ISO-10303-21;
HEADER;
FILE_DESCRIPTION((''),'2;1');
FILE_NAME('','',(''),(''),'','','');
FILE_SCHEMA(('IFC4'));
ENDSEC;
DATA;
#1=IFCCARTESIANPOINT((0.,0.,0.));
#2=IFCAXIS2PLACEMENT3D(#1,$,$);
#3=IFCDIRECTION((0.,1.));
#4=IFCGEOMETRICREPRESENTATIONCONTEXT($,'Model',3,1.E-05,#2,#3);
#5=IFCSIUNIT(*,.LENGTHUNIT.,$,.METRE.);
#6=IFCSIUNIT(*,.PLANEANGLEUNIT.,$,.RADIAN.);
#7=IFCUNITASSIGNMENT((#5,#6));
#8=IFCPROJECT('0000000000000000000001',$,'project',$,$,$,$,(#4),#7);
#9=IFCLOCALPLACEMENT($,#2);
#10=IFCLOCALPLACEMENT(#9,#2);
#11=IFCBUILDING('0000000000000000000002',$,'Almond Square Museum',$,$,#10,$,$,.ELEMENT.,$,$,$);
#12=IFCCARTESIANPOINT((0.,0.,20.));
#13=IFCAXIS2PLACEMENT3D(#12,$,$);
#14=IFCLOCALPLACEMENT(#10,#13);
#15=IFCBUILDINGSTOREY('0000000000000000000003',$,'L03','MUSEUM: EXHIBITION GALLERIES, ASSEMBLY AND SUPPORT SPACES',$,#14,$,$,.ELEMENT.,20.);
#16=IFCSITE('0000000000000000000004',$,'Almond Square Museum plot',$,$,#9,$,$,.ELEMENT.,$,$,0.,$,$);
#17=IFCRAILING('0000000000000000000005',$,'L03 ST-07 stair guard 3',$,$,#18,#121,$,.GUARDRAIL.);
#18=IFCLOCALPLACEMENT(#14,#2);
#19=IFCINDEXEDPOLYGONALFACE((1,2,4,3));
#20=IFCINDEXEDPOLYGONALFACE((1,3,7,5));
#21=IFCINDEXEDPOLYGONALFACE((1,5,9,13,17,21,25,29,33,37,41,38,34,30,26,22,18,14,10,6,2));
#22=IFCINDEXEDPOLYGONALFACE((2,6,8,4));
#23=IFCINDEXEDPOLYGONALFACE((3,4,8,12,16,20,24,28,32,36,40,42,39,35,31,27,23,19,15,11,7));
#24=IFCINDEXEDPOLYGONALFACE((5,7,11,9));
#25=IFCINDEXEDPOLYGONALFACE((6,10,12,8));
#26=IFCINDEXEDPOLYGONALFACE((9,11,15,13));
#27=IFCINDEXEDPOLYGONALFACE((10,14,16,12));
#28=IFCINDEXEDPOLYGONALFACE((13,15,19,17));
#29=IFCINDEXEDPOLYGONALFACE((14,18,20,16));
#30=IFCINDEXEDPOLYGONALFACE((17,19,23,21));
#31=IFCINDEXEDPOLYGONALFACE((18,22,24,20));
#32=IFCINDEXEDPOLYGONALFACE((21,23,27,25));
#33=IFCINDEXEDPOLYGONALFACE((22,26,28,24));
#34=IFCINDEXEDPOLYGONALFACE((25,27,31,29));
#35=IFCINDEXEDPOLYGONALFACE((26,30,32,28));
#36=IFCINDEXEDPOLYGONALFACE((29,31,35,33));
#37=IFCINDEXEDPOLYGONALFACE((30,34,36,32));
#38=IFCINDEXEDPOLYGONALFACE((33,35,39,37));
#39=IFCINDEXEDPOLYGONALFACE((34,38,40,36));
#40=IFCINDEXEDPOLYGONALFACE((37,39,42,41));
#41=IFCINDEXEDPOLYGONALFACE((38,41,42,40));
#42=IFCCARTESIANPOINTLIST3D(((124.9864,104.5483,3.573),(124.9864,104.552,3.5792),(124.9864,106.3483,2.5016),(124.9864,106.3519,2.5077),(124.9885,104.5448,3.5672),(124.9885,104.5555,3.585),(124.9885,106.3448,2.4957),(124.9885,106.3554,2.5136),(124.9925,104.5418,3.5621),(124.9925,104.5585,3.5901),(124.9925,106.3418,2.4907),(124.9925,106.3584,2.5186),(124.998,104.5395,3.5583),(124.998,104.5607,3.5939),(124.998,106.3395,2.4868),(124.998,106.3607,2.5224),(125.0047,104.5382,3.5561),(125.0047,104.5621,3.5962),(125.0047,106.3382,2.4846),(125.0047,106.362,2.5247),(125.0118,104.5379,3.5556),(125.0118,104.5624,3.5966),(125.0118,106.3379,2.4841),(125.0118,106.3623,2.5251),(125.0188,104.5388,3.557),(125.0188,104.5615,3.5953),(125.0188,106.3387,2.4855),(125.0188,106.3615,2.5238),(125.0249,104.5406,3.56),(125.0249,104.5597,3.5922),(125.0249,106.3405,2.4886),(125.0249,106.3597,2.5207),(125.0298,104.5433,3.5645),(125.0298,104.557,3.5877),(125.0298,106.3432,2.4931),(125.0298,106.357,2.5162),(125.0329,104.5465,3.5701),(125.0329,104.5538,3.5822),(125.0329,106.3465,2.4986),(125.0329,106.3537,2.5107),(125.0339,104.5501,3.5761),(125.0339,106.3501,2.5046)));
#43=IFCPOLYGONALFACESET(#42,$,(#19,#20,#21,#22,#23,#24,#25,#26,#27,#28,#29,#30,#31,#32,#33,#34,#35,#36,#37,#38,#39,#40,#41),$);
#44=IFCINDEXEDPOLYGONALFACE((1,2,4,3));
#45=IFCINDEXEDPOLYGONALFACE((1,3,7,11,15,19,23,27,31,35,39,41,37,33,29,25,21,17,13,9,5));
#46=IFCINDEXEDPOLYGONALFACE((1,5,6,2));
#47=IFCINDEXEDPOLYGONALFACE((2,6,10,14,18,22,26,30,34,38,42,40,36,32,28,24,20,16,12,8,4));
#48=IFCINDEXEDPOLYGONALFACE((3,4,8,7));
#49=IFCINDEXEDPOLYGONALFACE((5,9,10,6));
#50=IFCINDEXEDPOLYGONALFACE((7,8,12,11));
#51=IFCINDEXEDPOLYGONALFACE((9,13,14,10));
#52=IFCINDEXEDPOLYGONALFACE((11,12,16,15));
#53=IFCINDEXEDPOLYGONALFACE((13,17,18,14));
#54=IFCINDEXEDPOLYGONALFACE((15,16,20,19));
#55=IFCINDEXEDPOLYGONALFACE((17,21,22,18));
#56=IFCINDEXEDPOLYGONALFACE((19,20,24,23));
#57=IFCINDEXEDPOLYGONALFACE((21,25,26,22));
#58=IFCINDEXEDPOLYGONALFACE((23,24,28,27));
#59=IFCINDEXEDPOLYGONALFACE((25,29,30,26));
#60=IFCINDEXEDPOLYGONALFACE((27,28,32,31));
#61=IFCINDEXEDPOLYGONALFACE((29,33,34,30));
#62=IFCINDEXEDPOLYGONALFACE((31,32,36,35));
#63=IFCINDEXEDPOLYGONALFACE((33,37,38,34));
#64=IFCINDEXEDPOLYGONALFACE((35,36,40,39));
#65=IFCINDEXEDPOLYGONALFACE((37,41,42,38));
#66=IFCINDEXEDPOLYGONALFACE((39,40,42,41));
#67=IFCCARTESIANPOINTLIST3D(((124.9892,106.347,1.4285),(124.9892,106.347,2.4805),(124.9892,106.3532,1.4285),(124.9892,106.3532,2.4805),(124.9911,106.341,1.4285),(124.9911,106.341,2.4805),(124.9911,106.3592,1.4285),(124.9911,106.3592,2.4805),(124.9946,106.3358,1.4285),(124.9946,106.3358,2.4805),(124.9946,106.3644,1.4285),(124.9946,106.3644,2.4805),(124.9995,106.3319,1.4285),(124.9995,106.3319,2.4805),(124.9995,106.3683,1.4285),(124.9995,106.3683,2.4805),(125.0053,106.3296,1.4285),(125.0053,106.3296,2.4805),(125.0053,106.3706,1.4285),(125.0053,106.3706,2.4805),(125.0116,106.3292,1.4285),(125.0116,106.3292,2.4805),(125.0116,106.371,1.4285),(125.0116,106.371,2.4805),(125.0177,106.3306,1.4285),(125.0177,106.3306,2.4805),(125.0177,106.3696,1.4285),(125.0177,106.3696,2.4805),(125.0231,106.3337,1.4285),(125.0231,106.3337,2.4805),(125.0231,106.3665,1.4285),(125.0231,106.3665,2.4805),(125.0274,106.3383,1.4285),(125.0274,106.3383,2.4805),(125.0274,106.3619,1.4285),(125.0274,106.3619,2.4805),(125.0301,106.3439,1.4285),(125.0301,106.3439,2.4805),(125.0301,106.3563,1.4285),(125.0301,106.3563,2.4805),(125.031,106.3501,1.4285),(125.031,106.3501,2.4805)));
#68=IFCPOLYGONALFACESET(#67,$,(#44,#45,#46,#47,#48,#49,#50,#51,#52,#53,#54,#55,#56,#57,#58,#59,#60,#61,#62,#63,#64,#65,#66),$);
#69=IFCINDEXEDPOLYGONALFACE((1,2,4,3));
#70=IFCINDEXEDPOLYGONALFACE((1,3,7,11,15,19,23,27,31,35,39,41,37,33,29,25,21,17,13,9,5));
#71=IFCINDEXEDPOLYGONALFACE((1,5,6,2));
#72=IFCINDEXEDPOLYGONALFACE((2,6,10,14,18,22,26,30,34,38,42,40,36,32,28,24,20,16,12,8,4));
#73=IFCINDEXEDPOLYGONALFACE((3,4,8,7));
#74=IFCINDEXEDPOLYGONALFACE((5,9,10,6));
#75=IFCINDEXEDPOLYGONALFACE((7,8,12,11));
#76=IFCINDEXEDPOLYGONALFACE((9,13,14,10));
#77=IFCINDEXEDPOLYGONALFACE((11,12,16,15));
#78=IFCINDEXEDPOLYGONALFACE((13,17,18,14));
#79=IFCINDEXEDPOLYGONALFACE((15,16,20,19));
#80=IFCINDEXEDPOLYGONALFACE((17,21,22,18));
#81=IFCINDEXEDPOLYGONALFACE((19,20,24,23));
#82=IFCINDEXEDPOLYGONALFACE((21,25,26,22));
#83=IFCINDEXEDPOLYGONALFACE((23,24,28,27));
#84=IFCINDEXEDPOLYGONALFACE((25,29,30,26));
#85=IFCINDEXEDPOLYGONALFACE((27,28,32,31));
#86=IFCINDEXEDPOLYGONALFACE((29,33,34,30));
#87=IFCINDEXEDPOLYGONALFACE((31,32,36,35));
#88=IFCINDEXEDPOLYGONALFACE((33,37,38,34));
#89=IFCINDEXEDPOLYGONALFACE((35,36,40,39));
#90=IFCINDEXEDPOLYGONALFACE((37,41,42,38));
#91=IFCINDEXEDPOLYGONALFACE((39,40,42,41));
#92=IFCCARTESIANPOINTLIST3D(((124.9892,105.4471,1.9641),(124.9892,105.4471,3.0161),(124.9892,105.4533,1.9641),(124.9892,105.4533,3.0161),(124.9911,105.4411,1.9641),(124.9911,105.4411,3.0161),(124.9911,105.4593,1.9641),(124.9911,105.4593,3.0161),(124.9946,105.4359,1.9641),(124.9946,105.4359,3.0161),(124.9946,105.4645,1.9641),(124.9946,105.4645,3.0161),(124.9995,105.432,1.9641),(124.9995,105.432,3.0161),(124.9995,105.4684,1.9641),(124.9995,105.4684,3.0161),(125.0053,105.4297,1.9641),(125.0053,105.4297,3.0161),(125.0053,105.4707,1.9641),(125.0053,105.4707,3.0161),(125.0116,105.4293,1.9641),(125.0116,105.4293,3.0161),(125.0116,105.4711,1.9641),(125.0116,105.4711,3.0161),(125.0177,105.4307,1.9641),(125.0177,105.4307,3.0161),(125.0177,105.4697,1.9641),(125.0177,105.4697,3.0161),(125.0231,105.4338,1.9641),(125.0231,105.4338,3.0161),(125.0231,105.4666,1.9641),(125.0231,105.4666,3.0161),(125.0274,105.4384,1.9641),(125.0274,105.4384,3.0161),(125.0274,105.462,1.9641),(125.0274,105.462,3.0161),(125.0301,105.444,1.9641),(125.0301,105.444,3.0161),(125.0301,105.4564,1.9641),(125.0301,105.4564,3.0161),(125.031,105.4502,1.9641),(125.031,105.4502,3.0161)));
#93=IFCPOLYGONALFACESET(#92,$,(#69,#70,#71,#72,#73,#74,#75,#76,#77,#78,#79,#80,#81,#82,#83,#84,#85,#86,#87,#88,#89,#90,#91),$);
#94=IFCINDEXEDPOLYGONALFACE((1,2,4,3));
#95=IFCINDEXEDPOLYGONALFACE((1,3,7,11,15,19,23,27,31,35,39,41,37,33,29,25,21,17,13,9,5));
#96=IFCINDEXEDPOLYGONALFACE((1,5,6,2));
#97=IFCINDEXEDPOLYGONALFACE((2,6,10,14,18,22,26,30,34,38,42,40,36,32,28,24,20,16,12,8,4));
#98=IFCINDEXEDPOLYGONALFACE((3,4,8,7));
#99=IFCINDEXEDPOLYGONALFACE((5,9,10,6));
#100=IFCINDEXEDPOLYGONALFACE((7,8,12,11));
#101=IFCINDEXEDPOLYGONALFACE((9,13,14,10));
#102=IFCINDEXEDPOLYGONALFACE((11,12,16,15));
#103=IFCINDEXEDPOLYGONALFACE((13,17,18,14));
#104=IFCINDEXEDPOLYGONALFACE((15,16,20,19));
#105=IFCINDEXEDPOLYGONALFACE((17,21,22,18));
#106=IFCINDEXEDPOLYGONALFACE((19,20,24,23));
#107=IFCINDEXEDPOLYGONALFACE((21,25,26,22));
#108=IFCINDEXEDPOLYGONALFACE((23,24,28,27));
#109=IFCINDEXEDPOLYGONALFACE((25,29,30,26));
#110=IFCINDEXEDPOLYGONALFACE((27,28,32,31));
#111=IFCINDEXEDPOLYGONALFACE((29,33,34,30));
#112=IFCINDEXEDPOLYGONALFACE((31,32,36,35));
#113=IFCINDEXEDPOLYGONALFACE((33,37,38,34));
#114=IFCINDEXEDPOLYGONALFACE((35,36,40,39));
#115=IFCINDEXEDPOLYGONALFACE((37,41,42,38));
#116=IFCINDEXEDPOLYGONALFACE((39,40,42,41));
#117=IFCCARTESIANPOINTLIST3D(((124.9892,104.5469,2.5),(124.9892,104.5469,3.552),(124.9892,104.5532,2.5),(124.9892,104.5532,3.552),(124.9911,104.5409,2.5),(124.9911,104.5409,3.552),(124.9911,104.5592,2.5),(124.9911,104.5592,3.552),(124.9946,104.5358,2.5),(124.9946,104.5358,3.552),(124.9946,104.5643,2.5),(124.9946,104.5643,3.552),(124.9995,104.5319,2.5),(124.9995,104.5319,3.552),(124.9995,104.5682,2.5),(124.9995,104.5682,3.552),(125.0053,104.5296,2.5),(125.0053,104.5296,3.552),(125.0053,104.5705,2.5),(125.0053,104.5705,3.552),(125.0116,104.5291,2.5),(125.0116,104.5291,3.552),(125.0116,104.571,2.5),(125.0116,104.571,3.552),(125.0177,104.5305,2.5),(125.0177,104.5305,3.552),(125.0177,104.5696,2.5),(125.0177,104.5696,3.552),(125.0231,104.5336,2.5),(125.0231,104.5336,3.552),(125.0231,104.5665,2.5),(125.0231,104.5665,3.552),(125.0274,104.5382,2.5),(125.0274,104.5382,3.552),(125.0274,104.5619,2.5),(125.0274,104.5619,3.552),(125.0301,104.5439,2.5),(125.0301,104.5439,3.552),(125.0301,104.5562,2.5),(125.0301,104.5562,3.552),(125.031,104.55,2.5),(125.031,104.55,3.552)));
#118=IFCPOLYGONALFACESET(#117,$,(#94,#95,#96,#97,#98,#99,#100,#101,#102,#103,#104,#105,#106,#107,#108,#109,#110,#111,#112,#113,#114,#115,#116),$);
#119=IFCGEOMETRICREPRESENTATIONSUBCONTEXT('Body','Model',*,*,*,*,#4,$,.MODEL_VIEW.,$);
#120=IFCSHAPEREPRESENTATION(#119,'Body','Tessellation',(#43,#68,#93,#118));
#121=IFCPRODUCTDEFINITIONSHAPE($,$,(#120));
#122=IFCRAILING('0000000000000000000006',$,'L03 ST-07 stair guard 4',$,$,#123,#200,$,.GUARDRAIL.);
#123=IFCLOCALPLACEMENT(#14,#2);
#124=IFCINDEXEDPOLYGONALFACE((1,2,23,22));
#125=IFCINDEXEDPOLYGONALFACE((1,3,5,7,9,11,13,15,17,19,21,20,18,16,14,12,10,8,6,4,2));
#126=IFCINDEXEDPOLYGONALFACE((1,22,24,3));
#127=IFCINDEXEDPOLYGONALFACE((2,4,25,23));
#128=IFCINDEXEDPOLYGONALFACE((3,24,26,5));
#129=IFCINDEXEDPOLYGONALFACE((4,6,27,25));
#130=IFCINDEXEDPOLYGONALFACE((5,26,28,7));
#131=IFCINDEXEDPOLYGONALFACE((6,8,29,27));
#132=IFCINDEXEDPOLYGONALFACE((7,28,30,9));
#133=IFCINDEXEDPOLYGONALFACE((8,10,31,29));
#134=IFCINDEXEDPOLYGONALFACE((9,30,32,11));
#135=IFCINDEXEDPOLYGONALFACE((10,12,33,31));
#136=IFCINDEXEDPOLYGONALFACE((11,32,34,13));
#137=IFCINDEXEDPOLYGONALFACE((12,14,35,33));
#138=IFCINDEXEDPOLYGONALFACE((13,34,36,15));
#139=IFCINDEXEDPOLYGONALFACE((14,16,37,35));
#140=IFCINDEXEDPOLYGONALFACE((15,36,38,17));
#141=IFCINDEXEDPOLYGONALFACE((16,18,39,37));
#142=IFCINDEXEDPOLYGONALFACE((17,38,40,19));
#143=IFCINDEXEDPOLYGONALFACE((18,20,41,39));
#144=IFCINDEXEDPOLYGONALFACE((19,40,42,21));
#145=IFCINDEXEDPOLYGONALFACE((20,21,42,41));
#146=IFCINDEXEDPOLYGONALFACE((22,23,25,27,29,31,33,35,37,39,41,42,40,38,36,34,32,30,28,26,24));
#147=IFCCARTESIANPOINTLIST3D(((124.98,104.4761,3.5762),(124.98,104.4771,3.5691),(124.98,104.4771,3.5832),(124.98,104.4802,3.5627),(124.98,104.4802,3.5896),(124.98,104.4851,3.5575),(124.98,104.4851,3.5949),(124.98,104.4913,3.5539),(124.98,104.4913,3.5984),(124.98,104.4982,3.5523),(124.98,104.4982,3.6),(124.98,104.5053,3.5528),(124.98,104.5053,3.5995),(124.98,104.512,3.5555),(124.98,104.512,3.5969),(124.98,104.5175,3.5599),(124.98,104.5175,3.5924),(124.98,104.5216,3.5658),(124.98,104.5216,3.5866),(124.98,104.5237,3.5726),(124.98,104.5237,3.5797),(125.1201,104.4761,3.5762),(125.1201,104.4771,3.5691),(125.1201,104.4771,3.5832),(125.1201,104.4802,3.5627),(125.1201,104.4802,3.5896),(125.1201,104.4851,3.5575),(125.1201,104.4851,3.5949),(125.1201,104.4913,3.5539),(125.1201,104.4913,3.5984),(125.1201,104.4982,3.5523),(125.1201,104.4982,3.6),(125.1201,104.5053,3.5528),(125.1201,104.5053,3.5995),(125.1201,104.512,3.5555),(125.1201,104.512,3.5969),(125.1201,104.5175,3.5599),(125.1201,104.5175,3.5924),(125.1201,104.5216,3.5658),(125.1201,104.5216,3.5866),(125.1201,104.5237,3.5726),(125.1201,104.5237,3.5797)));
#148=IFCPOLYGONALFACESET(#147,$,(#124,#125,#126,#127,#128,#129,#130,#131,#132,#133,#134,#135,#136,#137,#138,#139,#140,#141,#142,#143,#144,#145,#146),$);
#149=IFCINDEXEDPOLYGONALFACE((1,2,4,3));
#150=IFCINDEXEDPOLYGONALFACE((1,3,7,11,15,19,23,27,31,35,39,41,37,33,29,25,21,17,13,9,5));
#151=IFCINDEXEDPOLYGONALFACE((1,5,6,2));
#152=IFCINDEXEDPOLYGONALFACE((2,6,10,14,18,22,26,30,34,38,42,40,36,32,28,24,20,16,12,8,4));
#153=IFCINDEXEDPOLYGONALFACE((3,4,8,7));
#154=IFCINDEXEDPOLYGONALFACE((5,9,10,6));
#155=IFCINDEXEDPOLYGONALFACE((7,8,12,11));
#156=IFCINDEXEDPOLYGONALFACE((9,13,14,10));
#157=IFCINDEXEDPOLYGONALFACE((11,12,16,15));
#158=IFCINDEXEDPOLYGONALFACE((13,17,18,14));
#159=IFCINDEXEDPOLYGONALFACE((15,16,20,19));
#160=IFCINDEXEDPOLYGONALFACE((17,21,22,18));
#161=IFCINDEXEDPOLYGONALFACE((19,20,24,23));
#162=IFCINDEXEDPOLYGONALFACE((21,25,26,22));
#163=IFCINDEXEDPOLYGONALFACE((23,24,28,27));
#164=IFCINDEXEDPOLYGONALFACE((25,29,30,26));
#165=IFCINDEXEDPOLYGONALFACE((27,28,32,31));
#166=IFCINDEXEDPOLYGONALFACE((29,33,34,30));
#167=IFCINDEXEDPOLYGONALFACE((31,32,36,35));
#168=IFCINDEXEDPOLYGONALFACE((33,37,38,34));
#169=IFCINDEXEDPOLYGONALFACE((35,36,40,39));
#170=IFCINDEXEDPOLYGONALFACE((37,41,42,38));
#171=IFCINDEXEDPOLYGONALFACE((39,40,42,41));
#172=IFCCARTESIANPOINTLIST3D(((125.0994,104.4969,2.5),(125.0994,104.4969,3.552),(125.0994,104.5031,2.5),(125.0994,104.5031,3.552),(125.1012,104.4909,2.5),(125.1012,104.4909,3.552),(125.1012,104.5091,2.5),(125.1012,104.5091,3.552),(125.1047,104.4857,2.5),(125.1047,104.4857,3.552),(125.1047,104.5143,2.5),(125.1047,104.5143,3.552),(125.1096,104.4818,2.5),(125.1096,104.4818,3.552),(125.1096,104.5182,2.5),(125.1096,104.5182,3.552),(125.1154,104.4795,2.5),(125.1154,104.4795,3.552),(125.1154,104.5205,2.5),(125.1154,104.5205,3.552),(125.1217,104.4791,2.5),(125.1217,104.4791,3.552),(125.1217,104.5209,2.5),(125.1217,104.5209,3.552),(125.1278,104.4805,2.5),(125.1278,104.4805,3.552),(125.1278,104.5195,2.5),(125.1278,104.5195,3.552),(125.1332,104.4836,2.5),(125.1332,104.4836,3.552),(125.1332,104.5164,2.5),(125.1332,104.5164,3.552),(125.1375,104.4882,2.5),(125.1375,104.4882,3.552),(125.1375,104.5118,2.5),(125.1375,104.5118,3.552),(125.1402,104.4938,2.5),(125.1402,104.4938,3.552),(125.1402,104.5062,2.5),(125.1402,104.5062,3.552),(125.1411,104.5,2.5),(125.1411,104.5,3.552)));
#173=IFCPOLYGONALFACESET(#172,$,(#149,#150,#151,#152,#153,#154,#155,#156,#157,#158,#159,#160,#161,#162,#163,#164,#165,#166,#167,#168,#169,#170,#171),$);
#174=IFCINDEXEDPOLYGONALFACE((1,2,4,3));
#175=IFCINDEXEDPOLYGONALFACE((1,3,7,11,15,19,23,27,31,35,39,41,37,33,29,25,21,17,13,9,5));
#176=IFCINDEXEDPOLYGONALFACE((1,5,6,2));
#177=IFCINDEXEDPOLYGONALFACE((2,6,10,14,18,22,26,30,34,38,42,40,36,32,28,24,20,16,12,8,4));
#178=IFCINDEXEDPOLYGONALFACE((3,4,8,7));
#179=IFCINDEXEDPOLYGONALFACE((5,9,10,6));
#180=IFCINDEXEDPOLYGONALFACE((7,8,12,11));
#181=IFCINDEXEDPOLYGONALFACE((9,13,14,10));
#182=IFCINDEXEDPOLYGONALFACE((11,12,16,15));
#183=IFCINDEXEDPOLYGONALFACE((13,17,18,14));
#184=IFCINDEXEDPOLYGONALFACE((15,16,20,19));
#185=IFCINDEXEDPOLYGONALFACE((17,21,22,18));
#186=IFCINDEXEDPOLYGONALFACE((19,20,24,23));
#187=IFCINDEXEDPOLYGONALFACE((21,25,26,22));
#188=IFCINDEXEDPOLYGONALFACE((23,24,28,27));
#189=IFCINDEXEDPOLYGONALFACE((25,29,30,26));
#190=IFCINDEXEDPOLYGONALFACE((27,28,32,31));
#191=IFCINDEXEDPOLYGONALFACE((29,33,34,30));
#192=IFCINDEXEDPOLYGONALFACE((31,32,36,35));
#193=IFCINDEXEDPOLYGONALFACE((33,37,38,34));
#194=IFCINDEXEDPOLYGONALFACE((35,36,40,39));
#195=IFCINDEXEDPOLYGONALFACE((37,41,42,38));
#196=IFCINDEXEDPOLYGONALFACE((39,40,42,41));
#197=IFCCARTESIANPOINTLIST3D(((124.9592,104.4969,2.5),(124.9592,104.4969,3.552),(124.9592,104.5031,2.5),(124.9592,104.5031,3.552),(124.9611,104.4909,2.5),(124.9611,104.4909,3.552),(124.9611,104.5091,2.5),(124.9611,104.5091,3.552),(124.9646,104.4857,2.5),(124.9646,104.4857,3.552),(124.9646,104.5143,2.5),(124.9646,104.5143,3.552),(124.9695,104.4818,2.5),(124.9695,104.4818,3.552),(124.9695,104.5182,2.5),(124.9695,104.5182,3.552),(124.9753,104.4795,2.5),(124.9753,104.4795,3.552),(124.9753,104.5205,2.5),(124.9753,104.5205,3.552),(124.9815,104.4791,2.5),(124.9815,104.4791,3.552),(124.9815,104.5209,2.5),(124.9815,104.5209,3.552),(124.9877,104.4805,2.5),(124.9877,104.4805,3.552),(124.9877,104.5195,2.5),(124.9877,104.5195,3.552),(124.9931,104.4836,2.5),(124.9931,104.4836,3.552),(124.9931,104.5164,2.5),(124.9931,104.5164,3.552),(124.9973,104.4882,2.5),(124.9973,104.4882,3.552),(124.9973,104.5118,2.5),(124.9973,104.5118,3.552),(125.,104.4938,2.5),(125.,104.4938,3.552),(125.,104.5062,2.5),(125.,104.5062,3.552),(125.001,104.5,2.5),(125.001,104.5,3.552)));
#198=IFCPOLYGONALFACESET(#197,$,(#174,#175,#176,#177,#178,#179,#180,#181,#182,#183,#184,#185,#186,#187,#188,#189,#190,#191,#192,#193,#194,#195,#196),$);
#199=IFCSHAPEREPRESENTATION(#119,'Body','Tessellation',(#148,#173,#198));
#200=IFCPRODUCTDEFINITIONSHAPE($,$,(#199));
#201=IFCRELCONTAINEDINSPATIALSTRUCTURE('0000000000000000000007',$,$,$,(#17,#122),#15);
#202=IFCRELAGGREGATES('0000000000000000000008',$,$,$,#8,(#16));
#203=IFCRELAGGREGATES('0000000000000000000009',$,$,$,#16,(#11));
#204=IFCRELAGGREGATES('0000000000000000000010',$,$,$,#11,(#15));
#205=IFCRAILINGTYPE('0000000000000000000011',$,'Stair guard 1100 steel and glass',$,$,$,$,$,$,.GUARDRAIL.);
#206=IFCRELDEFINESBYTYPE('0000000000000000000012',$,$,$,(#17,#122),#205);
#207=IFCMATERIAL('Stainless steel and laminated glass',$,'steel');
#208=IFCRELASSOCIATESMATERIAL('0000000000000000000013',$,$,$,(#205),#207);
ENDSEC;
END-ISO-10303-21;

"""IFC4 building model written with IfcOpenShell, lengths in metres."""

from ifc_helpers import new_model, si_unit, direction, frame, origin, origin_2d, place, context, subcontext, project, spatial, circle, extrude, material, type_object, element, save


model = new_model("IFC4")

# Units and contexts
model_context = context("Model", 3, precision=1e-05, world=origin(), true_north=direction((0.0, 1.0)))
body_context = subcontext(model_context, "Body", "Model", "MODEL_VIEW")
ifc_project = project(units=[si_unit("LENGTHUNIT", "METRE"), si_unit("PLANEANGLEUNIT", "RADIAN")], contexts=[model_context])

# Site, building, storey
site_placement = place(None, origin())
site = spatial("IfcSite", under=ifc_project, at=site_placement, Name="Almond Square Museum plot", CompositionType="ELEMENT", RefElevation=0.0)
building_placement = place(site_placement, origin())
building = spatial("IfcBuilding", under=site, at=building_placement, Name="Almond Square Museum", CompositionType="ELEMENT")
storey_placement = place(building_placement, frame((0.0, 0.0, 20.0)))
storey = spatial("IfcBuildingStorey", under=building, at=storey_placement, Name="L03", Description="MUSEUM: EXHIBITION GALLERIES, ASSEMBLY AND SUPPORT SPACES", CompositionType="ELEMENT", Elevation=20.0)

# Railings
ifc_material_1 = material(Name="Stainless steel and laminated glass", Category="steel")
railing_type_1 = type_object("IfcRailingType", Name="Stair guard 1100 steel and glass", PredefinedType="GUARDRAIL", material=ifc_material_1)
railing_1_placement = place(storey_placement, frame((125.01, 106.3501, 1.4285)))
element("IfcRailing", 1, at=railing_1_placement, inside=storey, type_object=railing_type_1, Name="L03 ST-07 stair guard 3", PredefinedType="GUARDRAIL", context=body_context, shape_type="SweptSolid", body=[
    extrude(circle(Radius=0.0239, at=origin_2d()), frame((0.0, 0.0, 1.0762), z_axis=(0.0, -0.859277, 0.51151), x_axis=(1.0, 0.0, 0.0)), (0.0, 0.0, 1.0), 2.0947),
    extrude(circle(Radius=0.021, at=origin_2d()), origin(), (0.0, 0.0, 1.0), 1.052),
    extrude(circle(Radius=0.021, at=origin_2d()), frame((0.0, -0.8999, 0.5356)), (0.0, 0.0, 1.0), 1.052),
    extrude(circle(Radius=0.021, at=origin_2d()), frame((0.0, -1.8, 1.0715)), (0.0, 0.0, 1.0), 1.052),
])
railing_2_placement = place(storey_placement, frame((125.1201, 104.5, 2.5)))
element("IfcRailing", 2, at=railing_2_placement, inside=storey, type_object=railing_type_1, Name="L03 ST-07 stair guard 4", PredefinedType="GUARDRAIL", context=body_context, shape_type="SweptSolid", body=[
    extrude(circle(Radius=0.0239, at=origin_2d()), frame((0.0, 0.0, 1.0762), z_axis=(-1.0, 0.0, 0.0), x_axis=(0.0, -1.0, 0.0)), (0.0, 0.0, 1.0), 0.1401),
    extrude(circle(Radius=0.021, at=origin_2d()), origin(), (0.0, 0.0, 1.0), 1.052),
    extrude(circle(Radius=0.021, at=origin_2d()), frame((-0.1401, 0.0, 0.0)), (0.0, 0.0, 1.0), 1.052),
])

save(model, "model.ifc")
